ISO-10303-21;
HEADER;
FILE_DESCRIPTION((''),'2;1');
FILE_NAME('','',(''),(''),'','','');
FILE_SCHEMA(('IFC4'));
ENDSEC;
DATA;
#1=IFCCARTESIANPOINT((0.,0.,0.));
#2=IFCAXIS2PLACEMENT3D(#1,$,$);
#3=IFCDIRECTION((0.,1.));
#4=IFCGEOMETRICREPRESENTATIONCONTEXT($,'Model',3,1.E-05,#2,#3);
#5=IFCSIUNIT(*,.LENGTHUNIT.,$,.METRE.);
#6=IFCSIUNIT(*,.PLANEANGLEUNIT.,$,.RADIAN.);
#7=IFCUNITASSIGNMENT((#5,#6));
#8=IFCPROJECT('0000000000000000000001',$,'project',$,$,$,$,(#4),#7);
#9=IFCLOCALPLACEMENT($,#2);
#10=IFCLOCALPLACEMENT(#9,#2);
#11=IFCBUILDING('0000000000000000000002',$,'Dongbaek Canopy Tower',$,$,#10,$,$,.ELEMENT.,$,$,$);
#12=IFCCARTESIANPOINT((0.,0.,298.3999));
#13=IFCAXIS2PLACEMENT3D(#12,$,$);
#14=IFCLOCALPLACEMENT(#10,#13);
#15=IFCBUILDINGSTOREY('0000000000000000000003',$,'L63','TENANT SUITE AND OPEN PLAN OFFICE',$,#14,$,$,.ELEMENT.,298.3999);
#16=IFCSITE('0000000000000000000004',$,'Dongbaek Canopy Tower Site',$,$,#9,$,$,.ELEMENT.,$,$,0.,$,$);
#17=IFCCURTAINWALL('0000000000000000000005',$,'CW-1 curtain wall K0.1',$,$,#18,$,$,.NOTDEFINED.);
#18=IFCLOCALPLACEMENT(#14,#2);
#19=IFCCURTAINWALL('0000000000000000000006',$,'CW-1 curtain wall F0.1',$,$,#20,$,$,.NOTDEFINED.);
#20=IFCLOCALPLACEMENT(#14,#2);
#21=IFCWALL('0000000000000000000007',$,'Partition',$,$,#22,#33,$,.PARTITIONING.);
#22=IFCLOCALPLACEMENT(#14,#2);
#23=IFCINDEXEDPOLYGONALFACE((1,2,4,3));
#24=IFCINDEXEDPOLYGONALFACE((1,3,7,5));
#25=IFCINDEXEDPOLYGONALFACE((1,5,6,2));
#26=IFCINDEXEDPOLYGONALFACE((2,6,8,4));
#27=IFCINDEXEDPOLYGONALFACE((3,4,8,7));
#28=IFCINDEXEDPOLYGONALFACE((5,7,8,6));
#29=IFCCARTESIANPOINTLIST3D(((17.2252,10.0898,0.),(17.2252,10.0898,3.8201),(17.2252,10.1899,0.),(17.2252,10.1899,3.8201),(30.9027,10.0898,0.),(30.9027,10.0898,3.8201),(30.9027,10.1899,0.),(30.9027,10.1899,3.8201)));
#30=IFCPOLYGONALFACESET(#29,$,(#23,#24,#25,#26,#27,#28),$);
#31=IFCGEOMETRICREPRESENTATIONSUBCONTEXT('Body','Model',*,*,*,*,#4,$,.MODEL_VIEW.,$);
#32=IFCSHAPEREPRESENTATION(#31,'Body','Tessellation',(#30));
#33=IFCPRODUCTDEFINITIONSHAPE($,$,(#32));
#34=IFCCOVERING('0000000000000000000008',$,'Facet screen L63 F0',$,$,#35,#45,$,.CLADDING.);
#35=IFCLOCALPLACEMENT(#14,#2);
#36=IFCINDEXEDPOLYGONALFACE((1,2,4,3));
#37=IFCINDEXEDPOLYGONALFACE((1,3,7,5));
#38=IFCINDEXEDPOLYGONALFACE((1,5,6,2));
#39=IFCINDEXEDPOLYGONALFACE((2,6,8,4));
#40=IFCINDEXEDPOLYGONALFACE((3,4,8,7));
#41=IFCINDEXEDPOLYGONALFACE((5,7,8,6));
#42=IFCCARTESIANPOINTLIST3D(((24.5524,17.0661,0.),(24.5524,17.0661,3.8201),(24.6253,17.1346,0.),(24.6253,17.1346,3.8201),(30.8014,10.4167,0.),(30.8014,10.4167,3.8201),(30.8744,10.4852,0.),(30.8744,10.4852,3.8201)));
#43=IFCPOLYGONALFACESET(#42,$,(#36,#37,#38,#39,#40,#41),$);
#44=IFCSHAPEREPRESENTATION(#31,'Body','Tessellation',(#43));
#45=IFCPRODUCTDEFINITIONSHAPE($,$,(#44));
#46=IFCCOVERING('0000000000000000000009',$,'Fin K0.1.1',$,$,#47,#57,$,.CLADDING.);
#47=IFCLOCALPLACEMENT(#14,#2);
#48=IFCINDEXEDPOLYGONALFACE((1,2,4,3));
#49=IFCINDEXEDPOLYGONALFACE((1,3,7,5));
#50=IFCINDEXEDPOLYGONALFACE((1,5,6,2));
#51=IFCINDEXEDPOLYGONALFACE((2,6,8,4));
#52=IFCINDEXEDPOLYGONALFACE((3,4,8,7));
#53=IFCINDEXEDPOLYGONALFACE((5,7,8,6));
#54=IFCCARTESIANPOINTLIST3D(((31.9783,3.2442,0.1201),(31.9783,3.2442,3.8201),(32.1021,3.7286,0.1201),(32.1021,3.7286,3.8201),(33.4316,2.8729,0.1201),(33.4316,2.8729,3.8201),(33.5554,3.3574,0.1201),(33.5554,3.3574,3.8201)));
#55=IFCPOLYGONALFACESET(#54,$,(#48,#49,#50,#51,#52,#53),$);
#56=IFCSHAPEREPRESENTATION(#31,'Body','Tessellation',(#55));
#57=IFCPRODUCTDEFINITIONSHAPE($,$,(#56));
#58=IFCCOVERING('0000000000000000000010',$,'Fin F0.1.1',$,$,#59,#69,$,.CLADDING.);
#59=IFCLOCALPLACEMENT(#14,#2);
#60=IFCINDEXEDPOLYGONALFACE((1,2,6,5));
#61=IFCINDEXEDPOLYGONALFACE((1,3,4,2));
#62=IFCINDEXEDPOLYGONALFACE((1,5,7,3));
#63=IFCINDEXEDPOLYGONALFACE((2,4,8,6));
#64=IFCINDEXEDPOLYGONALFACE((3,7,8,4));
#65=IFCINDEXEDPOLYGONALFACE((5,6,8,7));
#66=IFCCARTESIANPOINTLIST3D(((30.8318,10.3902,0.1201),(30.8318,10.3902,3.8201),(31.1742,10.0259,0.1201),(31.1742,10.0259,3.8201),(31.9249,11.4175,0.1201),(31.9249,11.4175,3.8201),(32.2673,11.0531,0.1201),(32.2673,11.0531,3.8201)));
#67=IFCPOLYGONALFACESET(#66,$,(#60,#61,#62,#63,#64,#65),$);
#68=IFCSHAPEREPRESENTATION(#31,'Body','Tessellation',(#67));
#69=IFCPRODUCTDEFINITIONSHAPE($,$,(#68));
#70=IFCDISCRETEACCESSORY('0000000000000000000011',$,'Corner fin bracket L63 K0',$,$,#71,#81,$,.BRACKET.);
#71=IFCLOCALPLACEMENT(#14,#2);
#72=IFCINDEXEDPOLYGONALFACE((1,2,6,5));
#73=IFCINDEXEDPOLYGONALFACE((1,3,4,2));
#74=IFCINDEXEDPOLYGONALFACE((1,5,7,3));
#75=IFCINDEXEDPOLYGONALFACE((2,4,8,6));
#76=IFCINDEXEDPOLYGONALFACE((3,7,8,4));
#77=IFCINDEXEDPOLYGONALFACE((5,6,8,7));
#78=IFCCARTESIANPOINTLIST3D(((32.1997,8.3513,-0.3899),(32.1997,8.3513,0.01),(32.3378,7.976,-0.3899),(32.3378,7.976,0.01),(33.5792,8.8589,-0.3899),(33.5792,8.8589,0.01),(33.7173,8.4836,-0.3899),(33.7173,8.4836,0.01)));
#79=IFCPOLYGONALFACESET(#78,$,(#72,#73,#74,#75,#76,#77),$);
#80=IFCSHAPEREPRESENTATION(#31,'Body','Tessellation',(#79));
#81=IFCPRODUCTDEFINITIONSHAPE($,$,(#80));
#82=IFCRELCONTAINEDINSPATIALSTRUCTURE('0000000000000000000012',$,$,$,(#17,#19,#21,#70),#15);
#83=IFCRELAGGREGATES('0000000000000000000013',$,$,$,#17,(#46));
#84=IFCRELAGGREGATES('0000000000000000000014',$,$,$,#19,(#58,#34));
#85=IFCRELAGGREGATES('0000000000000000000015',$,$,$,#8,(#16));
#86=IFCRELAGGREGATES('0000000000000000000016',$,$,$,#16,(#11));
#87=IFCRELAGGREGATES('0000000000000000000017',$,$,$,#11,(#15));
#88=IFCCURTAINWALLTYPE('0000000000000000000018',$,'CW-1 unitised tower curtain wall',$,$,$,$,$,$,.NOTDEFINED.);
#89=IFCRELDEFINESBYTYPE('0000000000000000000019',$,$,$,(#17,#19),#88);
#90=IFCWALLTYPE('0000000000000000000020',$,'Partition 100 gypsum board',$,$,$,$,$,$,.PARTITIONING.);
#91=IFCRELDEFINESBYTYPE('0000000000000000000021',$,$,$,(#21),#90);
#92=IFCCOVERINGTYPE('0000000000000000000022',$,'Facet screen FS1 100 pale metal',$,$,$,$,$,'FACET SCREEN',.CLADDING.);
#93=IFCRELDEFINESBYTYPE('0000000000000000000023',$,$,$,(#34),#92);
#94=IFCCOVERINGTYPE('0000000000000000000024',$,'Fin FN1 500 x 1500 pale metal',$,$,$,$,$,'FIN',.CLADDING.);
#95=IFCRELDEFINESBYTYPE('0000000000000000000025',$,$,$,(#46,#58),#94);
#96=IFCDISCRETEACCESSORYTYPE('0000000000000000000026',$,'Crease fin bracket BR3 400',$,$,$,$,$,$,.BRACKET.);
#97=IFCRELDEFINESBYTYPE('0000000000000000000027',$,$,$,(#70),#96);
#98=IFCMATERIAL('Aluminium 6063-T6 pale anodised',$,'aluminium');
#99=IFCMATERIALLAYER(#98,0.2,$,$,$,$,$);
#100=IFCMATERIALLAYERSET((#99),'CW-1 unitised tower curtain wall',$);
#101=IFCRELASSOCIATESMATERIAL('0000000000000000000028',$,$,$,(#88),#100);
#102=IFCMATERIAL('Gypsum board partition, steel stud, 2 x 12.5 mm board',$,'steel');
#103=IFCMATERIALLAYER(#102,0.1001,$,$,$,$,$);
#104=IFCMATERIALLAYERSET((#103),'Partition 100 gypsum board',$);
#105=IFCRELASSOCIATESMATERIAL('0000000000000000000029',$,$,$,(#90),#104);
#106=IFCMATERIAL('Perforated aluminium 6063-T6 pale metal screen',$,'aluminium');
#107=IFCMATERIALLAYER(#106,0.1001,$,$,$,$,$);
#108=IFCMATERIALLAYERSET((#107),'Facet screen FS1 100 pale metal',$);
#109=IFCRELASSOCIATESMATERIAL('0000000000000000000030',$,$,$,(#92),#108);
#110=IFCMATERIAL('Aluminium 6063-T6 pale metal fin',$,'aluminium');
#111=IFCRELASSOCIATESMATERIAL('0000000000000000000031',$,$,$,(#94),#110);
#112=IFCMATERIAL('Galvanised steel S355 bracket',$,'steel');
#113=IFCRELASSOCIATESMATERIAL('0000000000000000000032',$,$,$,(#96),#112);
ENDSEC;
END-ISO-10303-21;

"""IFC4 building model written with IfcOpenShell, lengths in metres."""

from ifc_helpers import new_model, si_unit, direction, frame, frame_2d, origin, origin_2d, place, context, subcontext, project, spatial, rectangle, extrude, material, layer, layer_set, material_profile, profile_set, type_object, element, aggregate, save


model = new_model("IFC4")

# Units and contexts
model_context = context("Model", 3, precision=1e-05, world=origin(), true_north=direction((0.0, 1.0)))
body_context = subcontext(model_context, "Body", "Model", "MODEL_VIEW")
ifc_project = project(units=[si_unit("LENGTHUNIT", "METRE"), si_unit("PLANEANGLEUNIT", "RADIAN")], contexts=[model_context])

# Site, building, storey
site_placement = place(None, origin())
site = spatial("IfcSite", under=ifc_project, at=site_placement, Name="Dongbaek Canopy Tower Site", CompositionType="ELEMENT", RefElevation=0.0)
building_placement = place(site_placement, origin())
building = spatial("IfcBuilding", under=site, at=building_placement, Name="Dongbaek Canopy Tower", CompositionType="ELEMENT")
storey_placement = place(building_placement, frame((0.0, 0.0, 298.3999)))
storey = spatial("IfcBuildingStorey", under=building, at=storey_placement, Name="L63", Description="TENANT SUITE AND OPEN PLAN OFFICE", CompositionType="ELEMENT", Elevation=298.3999)

# Curtain walls
ifc_material_1 = material(Name="Aluminium 6063-T6 pale anodised", Category="aluminium")
ifc_layer_1 = layer(ifc_material_1, 0.2)
ifc_layer_set_1 = layer_set([ifc_layer_1], Name="CW-1 unitised tower curtain wall")
curtain_wall_type = type_object("IfcCurtainWallType", Name="CW-1 unitised tower curtain wall", PredefinedType="NOTDEFINED", material=ifc_layer_set_1)
curtain_wall_1_placement = place(storey_placement, origin())
curtain_wall_1 = element("IfcCurtainWall", 1, at=curtain_wall_1_placement, inside=storey, type_object=curtain_wall_type, Name="CW-1 curtain wall K0.1", PredefinedType="NOTDEFINED")
curtain_wall_2_placement = place(storey_placement, origin())
curtain_wall_2 = element("IfcCurtainWall", 2, at=curtain_wall_2_placement, inside=storey, type_object=curtain_wall_type, Name="CW-1 curtain wall F0.1", PredefinedType="NOTDEFINED")

# Wall
ifc_material_2 = material(Name="Gypsum board partition, steel stud, 2 x 12.5 mm board", Category="steel")
ifc_layer_2 = layer(ifc_material_2, 0.1001)
ifc_layer_set_2 = layer_set([ifc_layer_2], Name="Partition 100 gypsum board")
wall_type_1 = type_object("IfcWallType", Name="Partition 100 gypsum board", PredefinedType="PARTITIONING", material=ifc_layer_set_2)
wall_1_placement = place(storey_placement, frame((17.2251, 10.1399, 0.0), z_axis=(0.0, 0.0, 1.0), x_axis=(1.0, 0.0, 0.0)))
element("IfcWall", 3, at=wall_1_placement, inside=storey, type_object=wall_type_1, Name="Partition", PredefinedType="PARTITIONING", context=body_context, shape_type="SweptSolid", body=[
    extrude(rectangle(XDim=13.6775, YDim=0.1001, at=frame_2d((6.8389, 0.0))), origin(), (0.0, 0.0, 1.0), 3.8201),
])

# Coverings
ifc_material_3 = material(Name="Perforated aluminium 6063-T6 pale metal screen", Category="aluminium")
ifc_layer_3 = layer(ifc_material_3, 0.1001)
ifc_layer_set_3 = layer_set([ifc_layer_3], Name="Facet screen FS1 100 pale metal")
covering_type_1 = type_object("IfcCoveringType", Name="Facet screen FS1 100 pale metal", ElementType="FACET SCREEN", PredefinedType="CLADDING", material=ifc_layer_set_3)
covering_1_placement = place(storey_placement, frame((27.7134, 13.7756, 0.0), z_axis=(0.0, 0.0, 1.0), x_axis=(-0.684831, 0.728702, 0.0)))
covering_1 = element("IfcCovering", 4, at=covering_1_placement, type_object=covering_type_1, Name="Facet screen L63 F0", PredefinedType="CLADDING", context=body_context, shape_type="SweptSolid", body=[
    extrude(rectangle(XDim=9.125, YDim=0.1001, at=origin_2d()), origin(), (0.0, 0.0, 1.0), 3.8201),
])
ifc_material_4 = material(Name="Aluminium 6063-T6 pale metal fin", Category="aluminium")
ifc_material_profile_1 = material_profile(ifc_material_4, rectangle(XDim=1.5, YDim=0.5, at=origin_2d()), Name="Fin FN1 500 x 1500 pale metal")
ifc_profile_set_1 = profile_set([ifc_material_profile_1], Name="Aluminium 6063-T6 pale metal fin")
covering_type_2 = type_object("IfcCoveringType", Name="Fin FN1 500 x 1500 pale metal", ElementType="FIN", PredefinedType="CLADDING", material=ifc_profile_set_1)
covering_2_placement = place(storey_placement, frame((32.7668, 3.3008, 0.1201), z_axis=(0.0, 0.0, 1.0), x_axis=(0.968887, -0.247503, 0.0)))
covering_2 = element("IfcCovering", 5, at=covering_2_placement, type_object=covering_type_2, Name="Fin K0.1.1", PredefinedType="CLADDING", context=body_context, shape_type="SweptSolid", body=[
    extrude(rectangle(XDim=1.5, YDim=0.5, at=origin_2d()), origin(), (0.0, 0.0, 1.0), 3.7),
])
aggregate(curtain_wall_1, [covering_2])
covering_3_placement = place(storey_placement, frame((31.5496, 10.7217, 0.1201), z_axis=(0.0, 0.0, 1.0), x_axis=(0.728702, 0.684831, 0.0)))
covering_3 = element("IfcCovering", 6, at=covering_3_placement, type_object=covering_type_2, Name="Fin F0.1.1", PredefinedType="CLADDING", context=body_context, shape_type="SweptSolid", body=[
    extrude(rectangle(XDim=1.5, YDim=0.5, at=origin_2d()), origin(), (0.0, 0.0, 1.0), 3.7),
])
aggregate(curtain_wall_2, [covering_3, covering_1])

# Discrete accessory
ifc_material_5 = material(Name="Galvanised steel S355 bracket", Category="steel")
discrete_accessory_type = type_object("IfcDiscreteAccessoryType", Name="Crease fin bracket BR3 400", PredefinedType="BRACKET", material=ifc_material_5)
discrete_accessory_placement = place(storey_placement, frame((32.9585, 8.4175, -0.3899), z_axis=(0.0, 0.0, 1.0), x_axis=(0.938485, 0.345321, 0.0)))
element("IfcDiscreteAccessory", 7, at=discrete_accessory_placement, inside=storey, type_object=discrete_accessory_type, Name="Corner fin bracket L63 K0", PredefinedType="BRACKET", context=body_context, shape_type="SweptSolid", body=[
    extrude(rectangle(XDim=1.47, YDim=0.3999, at=origin_2d()), origin(), (0.0, 0.0, 1.0), 0.3999),
])

save(model, "model.ifc")
